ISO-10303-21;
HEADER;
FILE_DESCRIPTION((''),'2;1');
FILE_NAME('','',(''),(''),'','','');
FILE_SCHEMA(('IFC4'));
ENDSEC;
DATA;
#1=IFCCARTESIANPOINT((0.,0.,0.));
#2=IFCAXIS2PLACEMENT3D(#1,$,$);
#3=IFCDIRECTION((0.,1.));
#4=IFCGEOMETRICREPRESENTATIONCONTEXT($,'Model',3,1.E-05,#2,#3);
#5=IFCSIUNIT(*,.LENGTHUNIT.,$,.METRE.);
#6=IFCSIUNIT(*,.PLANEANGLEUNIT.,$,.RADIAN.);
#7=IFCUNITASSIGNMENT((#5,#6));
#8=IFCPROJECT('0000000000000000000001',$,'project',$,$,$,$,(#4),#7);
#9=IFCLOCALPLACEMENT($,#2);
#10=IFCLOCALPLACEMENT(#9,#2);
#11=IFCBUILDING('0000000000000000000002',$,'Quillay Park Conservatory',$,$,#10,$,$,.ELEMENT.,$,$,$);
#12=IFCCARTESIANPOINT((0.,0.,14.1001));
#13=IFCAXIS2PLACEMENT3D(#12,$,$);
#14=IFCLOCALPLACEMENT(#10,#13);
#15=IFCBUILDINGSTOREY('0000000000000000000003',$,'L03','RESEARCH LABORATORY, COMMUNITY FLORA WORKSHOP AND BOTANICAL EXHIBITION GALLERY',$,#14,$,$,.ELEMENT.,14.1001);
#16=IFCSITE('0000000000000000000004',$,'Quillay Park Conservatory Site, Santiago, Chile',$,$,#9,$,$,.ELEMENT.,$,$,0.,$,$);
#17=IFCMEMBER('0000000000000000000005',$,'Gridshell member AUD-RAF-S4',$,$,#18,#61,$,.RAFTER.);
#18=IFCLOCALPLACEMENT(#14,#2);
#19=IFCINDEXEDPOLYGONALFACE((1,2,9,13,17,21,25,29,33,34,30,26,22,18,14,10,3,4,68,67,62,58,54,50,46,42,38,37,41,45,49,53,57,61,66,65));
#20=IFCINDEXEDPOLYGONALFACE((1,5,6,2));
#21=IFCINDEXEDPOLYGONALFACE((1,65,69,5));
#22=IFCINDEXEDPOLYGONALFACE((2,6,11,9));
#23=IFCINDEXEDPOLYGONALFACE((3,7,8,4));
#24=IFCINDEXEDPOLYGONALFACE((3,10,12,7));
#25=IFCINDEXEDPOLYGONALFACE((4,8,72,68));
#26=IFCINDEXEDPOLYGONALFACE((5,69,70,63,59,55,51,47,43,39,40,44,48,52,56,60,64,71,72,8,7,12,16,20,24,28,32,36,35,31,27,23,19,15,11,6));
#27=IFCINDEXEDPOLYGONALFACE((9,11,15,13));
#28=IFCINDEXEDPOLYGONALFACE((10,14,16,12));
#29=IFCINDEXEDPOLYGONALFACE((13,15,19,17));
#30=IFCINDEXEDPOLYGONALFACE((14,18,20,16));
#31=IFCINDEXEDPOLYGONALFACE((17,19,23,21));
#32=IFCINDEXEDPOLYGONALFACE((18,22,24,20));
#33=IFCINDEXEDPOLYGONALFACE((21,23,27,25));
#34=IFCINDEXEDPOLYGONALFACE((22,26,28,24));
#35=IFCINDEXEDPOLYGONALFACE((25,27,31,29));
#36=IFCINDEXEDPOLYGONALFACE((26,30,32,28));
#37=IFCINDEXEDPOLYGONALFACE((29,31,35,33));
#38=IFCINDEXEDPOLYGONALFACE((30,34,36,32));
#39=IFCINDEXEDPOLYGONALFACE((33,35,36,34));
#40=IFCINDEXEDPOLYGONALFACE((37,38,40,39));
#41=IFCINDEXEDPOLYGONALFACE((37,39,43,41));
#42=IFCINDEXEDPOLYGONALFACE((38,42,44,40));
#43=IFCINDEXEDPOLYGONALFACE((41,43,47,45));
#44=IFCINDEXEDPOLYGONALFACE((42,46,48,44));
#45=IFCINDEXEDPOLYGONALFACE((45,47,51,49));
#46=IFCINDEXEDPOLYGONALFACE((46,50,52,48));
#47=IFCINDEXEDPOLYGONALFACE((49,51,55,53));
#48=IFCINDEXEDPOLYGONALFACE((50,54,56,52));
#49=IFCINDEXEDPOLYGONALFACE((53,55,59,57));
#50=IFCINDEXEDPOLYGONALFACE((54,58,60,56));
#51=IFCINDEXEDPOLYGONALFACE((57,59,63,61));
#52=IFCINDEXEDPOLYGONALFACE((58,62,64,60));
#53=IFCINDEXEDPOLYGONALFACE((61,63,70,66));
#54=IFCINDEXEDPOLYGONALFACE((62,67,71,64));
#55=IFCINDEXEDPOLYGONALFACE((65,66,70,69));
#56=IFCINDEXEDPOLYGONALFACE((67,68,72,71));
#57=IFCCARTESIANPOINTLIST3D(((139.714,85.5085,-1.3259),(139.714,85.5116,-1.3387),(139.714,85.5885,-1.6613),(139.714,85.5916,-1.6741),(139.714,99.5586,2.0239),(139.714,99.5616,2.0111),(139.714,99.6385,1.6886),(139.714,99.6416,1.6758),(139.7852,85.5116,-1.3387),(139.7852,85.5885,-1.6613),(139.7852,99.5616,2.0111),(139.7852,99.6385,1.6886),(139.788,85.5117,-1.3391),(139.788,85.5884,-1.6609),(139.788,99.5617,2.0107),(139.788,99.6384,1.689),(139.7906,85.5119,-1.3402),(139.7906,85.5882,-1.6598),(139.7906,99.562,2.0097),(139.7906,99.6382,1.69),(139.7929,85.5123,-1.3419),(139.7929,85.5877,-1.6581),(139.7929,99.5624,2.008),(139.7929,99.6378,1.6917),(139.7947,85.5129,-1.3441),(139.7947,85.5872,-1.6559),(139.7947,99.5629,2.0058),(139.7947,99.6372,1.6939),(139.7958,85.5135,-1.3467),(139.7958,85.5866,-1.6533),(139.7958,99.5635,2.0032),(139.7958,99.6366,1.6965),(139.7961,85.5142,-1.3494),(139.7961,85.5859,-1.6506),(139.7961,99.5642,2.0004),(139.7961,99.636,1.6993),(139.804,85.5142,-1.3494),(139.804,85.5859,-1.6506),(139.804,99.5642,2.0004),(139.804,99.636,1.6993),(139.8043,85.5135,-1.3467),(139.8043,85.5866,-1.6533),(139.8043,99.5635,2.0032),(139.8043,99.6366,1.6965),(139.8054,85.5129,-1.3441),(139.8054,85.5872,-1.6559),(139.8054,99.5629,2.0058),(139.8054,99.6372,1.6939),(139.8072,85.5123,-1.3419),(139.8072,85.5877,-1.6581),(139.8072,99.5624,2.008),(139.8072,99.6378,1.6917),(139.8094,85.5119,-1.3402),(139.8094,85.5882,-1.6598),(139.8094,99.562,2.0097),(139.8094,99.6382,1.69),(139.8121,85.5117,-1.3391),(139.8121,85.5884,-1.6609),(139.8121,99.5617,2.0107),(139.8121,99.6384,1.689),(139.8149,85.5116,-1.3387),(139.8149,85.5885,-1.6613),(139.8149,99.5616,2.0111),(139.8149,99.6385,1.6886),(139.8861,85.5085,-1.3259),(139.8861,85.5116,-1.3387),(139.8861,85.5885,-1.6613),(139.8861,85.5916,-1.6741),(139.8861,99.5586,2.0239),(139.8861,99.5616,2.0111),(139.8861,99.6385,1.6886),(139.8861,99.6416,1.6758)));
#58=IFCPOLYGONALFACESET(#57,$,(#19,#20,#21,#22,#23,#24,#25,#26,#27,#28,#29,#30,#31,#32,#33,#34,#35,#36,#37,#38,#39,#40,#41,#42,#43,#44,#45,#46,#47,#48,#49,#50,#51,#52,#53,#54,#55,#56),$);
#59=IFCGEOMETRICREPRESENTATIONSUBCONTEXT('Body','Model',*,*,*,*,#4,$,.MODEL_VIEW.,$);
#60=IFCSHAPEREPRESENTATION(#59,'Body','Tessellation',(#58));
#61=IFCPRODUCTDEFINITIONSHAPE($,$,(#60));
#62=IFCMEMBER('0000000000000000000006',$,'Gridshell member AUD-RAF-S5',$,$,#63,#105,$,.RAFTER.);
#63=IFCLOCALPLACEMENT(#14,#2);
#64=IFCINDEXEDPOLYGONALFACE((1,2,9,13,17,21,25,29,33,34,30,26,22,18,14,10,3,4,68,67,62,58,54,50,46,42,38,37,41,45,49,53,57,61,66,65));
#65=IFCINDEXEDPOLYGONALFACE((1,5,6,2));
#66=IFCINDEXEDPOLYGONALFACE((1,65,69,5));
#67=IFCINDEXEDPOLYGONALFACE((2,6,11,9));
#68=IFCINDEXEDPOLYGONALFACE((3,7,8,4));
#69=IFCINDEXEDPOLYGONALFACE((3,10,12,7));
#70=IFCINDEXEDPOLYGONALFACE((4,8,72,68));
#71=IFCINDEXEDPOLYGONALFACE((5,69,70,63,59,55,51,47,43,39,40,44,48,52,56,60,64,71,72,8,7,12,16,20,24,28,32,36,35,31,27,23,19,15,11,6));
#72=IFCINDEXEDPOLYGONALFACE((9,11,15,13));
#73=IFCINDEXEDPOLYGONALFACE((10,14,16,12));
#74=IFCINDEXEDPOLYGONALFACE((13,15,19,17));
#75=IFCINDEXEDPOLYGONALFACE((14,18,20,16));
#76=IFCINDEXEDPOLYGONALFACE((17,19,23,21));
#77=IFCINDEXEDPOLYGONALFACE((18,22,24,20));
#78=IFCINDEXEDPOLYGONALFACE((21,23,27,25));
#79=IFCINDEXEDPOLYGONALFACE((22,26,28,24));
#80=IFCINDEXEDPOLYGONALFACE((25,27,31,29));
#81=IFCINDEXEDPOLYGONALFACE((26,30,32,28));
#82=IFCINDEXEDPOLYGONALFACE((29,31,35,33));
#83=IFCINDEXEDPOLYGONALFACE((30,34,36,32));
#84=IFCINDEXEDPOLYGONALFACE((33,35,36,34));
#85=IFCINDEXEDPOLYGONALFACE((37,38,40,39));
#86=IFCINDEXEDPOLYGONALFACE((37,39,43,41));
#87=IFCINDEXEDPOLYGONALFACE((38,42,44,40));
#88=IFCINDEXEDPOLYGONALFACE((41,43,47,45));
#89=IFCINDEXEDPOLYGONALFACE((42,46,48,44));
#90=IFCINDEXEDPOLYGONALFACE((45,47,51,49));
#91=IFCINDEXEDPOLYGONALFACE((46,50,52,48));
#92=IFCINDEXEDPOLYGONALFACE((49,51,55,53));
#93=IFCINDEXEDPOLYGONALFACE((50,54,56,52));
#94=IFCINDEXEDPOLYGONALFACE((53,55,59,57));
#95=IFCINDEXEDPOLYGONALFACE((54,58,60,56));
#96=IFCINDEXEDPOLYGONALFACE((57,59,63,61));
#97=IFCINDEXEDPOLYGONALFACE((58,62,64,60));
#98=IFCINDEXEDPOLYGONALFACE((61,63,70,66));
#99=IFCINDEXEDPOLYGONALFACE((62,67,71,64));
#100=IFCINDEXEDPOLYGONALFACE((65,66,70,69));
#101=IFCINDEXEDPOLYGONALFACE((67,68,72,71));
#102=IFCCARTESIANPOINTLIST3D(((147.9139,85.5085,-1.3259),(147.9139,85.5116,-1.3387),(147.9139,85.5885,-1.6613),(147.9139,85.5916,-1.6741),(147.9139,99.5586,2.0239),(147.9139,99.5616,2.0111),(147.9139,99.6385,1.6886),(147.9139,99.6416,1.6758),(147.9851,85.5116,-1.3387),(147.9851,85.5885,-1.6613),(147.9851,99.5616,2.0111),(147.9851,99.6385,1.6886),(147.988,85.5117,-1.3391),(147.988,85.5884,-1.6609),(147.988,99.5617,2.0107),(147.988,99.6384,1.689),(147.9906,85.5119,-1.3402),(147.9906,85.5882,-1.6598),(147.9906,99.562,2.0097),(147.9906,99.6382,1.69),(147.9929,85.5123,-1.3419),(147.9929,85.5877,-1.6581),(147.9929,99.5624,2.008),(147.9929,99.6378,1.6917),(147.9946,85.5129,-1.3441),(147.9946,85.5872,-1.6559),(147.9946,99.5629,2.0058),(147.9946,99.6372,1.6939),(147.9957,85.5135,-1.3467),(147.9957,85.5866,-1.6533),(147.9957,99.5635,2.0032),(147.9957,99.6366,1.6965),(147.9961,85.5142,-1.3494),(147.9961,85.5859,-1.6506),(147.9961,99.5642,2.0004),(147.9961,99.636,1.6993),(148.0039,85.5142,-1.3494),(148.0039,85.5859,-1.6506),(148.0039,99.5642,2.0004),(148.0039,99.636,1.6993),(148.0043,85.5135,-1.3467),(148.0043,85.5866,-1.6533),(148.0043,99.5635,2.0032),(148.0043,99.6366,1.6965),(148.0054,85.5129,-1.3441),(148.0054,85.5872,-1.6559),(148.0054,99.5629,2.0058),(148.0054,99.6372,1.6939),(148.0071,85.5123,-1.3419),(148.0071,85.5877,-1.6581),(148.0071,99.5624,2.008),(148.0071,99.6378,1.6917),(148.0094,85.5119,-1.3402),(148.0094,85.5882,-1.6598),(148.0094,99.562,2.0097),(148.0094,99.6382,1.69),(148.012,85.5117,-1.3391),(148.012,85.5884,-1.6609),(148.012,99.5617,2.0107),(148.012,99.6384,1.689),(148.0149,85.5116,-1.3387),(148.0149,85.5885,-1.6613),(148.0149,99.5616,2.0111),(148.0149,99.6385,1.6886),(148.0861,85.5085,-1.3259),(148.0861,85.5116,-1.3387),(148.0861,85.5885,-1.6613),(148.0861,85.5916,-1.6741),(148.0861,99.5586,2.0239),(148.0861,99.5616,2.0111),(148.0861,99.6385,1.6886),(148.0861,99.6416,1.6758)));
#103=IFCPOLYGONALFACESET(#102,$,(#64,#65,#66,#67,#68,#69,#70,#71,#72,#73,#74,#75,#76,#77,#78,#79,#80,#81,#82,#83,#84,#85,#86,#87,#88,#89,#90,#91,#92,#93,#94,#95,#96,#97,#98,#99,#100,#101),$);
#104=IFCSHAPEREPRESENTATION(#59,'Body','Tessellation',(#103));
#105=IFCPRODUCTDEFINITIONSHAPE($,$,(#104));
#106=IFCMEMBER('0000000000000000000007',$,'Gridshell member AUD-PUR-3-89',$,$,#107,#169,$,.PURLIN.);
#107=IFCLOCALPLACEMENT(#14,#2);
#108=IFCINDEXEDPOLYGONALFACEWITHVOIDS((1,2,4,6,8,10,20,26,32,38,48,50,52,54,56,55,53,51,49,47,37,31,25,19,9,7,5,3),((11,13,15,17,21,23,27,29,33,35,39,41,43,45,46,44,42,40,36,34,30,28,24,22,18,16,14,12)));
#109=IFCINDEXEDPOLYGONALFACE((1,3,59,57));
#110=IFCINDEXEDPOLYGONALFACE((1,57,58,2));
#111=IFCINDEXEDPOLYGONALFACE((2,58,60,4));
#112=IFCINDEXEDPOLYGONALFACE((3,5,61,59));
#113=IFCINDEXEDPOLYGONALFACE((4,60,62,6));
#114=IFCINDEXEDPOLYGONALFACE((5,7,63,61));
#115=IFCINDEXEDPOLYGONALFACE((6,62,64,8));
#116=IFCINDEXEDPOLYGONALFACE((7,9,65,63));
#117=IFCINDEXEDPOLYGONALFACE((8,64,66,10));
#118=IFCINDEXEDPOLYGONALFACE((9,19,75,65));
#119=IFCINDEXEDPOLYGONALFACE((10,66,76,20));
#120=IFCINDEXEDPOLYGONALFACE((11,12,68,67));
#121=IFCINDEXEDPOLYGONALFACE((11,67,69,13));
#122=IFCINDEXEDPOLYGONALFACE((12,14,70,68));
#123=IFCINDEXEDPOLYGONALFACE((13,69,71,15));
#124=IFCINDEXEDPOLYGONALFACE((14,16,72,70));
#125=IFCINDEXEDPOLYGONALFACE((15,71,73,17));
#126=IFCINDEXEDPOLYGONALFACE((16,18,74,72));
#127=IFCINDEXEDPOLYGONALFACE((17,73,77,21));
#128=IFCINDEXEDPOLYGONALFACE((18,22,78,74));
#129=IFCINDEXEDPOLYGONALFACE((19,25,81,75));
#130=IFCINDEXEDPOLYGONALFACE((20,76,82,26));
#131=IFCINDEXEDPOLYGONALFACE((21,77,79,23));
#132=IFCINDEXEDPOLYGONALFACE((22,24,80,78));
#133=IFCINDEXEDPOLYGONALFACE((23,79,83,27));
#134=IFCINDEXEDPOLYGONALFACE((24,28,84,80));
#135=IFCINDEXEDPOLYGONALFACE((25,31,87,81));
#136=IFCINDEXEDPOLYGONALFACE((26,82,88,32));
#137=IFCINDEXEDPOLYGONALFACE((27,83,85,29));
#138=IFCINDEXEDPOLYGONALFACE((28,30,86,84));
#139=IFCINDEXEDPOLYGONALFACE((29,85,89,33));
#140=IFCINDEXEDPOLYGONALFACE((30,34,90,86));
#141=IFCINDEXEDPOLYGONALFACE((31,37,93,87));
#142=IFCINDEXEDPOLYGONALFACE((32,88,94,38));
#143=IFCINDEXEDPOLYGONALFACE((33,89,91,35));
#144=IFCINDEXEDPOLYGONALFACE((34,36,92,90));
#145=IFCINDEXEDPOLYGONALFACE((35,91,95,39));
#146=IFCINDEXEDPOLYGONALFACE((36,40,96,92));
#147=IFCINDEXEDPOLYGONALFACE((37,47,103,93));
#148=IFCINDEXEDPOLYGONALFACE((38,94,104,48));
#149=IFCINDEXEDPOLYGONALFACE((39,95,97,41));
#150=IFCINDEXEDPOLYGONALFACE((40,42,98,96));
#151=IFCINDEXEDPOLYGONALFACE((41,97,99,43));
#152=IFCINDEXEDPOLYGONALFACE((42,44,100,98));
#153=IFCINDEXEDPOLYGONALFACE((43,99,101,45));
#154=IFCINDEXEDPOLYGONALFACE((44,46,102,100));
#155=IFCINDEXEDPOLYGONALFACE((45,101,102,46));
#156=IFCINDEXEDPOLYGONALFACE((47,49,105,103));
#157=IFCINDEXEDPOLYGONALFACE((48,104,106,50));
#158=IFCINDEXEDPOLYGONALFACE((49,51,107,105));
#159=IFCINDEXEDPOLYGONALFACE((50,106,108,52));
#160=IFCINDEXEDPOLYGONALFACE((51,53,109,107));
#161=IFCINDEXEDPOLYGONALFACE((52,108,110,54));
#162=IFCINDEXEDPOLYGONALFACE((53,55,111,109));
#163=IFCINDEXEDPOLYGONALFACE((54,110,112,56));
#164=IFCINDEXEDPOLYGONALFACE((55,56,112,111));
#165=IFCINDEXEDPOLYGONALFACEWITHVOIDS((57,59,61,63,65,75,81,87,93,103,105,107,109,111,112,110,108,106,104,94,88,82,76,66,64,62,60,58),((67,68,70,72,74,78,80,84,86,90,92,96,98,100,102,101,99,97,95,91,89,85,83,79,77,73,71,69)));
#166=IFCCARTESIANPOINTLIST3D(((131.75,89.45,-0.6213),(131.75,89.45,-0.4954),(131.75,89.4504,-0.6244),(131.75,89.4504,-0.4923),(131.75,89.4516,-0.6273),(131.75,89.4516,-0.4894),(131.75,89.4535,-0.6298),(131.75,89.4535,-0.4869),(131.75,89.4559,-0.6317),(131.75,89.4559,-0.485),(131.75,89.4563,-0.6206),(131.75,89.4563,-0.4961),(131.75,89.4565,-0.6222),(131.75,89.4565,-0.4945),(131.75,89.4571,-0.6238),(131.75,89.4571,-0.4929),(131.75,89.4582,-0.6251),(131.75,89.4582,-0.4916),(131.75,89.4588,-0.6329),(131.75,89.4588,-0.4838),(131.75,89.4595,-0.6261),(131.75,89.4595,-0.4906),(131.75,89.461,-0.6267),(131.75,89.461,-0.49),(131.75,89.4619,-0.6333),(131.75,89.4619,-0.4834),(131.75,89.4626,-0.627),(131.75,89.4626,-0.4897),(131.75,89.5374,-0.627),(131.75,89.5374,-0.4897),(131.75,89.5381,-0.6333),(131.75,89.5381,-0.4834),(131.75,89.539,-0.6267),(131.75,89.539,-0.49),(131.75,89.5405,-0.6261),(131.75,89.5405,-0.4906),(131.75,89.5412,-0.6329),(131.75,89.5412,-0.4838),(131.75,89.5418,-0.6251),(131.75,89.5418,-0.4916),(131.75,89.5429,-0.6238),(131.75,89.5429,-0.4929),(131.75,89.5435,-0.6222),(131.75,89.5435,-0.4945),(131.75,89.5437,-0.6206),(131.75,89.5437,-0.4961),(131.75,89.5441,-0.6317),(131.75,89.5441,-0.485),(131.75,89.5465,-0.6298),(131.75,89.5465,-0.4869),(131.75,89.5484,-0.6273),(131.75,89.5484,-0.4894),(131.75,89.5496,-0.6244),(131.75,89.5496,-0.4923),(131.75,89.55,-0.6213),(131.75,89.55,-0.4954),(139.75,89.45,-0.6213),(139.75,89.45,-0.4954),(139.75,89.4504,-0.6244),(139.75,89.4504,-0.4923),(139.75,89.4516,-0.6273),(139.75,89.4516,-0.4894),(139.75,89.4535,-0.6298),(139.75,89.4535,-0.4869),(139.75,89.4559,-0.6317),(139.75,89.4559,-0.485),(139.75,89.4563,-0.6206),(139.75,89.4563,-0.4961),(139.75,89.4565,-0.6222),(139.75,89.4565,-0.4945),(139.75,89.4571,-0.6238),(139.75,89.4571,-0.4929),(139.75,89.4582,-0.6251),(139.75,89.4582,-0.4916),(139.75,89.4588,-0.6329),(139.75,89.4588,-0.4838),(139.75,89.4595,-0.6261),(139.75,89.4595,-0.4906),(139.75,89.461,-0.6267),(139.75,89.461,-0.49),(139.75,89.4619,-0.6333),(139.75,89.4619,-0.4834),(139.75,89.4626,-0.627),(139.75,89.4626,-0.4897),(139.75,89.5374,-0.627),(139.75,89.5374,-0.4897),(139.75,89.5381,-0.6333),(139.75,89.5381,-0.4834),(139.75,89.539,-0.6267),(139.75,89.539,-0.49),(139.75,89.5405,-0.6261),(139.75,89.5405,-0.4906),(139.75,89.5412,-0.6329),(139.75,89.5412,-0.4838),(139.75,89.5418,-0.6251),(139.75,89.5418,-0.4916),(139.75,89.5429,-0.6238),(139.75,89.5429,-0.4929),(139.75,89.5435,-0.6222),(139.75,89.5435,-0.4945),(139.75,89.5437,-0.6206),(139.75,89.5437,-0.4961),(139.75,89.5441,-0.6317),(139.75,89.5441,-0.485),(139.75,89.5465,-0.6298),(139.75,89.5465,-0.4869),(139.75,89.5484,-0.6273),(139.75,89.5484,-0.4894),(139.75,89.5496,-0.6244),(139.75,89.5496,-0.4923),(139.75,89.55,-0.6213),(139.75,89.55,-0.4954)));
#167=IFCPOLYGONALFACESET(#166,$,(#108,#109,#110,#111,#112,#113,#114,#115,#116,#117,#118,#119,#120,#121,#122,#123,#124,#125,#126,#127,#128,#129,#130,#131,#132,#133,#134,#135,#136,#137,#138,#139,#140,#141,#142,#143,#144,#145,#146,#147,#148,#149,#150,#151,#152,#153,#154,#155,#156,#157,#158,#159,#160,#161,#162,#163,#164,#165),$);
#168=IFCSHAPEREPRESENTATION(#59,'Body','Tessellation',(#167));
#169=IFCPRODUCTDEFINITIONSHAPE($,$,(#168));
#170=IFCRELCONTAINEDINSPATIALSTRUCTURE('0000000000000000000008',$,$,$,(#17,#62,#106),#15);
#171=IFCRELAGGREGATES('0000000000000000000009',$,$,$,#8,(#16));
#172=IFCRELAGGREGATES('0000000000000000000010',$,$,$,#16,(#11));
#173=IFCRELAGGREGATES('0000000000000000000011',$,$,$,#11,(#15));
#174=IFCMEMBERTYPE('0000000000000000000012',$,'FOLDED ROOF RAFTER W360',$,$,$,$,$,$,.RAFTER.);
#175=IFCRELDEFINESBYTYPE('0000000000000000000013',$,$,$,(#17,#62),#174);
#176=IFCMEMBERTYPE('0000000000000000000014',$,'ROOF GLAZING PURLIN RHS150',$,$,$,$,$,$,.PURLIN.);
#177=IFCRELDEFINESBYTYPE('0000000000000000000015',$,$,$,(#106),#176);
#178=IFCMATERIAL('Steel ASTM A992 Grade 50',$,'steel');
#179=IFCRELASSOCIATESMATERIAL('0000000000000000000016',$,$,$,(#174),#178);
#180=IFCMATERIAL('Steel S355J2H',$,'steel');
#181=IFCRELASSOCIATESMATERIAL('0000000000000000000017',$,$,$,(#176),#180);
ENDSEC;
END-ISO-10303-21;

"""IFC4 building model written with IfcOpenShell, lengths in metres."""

from ifc_helpers import new_model, si_unit, direction, frame, origin, origin_2d, place, context, subcontext, project, spatial, hollow_rectangle, i_section, extrude, material, material_profile, profile_set, type_object, element, save


model = new_model("IFC4")

# Units and contexts
model_context = context("Model", 3, precision=1e-05, world=origin(), true_north=direction((0.0, 1.0)))
body_context = subcontext(model_context, "Body", "Model", "MODEL_VIEW")
ifc_project = project(units=[si_unit("LENGTHUNIT", "METRE"), si_unit("PLANEANGLEUNIT", "RADIAN")], contexts=[model_context])

# Site, building, storey
site_placement = place(None, origin())
site = spatial("IfcSite", under=ifc_project, at=site_placement, Name="Quillay Park Conservatory Site, Santiago, Chile", CompositionType="ELEMENT", RefElevation=0.0)
building_placement = place(site_placement, origin())
building = spatial("IfcBuilding", under=site, at=building_placement, Name="Quillay Park Conservatory", CompositionType="ELEMENT")
storey_placement = place(building_placement, frame((0.0, 0.0, 14.1001)))
storey = spatial("IfcBuildingStorey", under=building, at=storey_placement, Name="L03", Description="RESEARCH LABORATORY, COMMUNITY FLORA WORKSHOP AND BOTANICAL EXHIBITION GALLERY", CompositionType="ELEMENT", Elevation=14.1001)

# Members
ifc_material_1 = material(Name="Steel ASTM A992 Grade 50", Category="steel")
ifc_material_profile_1 = material_profile(ifc_material_1, i_section(OverallWidth=0.1721, OverallDepth=0.3579, WebThickness=0.0078, FlangeThickness=0.0132, FilletRadius=0.011, at=origin_2d()), Name="W360x57")
ifc_profile_set_1 = profile_set([ifc_material_profile_1], Name="Steel ASTM A992 Grade 50")
member_type_1 = type_object("IfcMemberType", Name="FOLDED ROOF RAFTER W360", PredefinedType="RAFTER", material=ifc_profile_set_1)
for number, where, z_axis, x_axis, name in (
    (1, (139.8, 85.55, -1.5), (0.0, 0.972734, 0.231922), (-1.0, 0.0, 0.0), "Gridshell member AUD-RAF-S4"),
    (2, (148.0, 85.55, -1.5), (0.0, 0.972734, 0.231922), (-1.0, 0.0, 0.0), "Gridshell member AUD-RAF-S5"),
):
    element("IfcMember", number, at=place(storey_placement, frame(where, z_axis=z_axis, x_axis=x_axis)), inside=storey, type_object=member_type_1, Name=name, PredefinedType="RAFTER", context=body_context, shape_type="SweptSolid", body=[
        extrude(i_section(OverallWidth=0.1721, OverallDepth=0.3579, WebThickness=0.0078, FlangeThickness=0.0132, FilletRadius=0.011, at=origin_2d()), origin(), (0.0, 0.0, 1.0), 14.4438),
    ])
ifc_material_2 = material(Name="Steel S355J2H", Category="steel")
ifc_material_profile_2 = material_profile(ifc_material_2, hollow_rectangle(XDim=0.1001, YDim=0.1499, WallThickness=0.0063, InnerFilletRadius=0.0063, OuterFilletRadius=0.012, at=origin_2d()), Name="RHS150x100x6.3")
ifc_profile_set_2 = profile_set([ifc_material_profile_2], Name="Steel S355J2H")
member_type_2 = type_object("IfcMemberType", Name="ROOF GLAZING PURLIN RHS150", PredefinedType="PURLIN", material=ifc_profile_set_2)
for number, where, z_axis, x_axis, name in (
    (3, (131.75, 89.5, -0.5583), (1.0, 0.0, 0.0), (0.0, 1.0, 0.0), "Gridshell member AUD-PUR-3-89"),
):
    element("IfcMember", number, at=place(storey_placement, frame(where, z_axis=z_axis, x_axis=x_axis)), inside=storey, type_object=member_type_2, Name=name, PredefinedType="PURLIN", context=body_context, shape_type="SweptSolid", body=[
        extrude(hollow_rectangle(XDim=0.1001, YDim=0.1499, WallThickness=0.0063, InnerFilletRadius=0.0063, OuterFilletRadius=0.012, at=origin_2d()), origin(), (0.0, 0.0, 1.0), 8.0),
    ])

save(model, "model.ifc")
